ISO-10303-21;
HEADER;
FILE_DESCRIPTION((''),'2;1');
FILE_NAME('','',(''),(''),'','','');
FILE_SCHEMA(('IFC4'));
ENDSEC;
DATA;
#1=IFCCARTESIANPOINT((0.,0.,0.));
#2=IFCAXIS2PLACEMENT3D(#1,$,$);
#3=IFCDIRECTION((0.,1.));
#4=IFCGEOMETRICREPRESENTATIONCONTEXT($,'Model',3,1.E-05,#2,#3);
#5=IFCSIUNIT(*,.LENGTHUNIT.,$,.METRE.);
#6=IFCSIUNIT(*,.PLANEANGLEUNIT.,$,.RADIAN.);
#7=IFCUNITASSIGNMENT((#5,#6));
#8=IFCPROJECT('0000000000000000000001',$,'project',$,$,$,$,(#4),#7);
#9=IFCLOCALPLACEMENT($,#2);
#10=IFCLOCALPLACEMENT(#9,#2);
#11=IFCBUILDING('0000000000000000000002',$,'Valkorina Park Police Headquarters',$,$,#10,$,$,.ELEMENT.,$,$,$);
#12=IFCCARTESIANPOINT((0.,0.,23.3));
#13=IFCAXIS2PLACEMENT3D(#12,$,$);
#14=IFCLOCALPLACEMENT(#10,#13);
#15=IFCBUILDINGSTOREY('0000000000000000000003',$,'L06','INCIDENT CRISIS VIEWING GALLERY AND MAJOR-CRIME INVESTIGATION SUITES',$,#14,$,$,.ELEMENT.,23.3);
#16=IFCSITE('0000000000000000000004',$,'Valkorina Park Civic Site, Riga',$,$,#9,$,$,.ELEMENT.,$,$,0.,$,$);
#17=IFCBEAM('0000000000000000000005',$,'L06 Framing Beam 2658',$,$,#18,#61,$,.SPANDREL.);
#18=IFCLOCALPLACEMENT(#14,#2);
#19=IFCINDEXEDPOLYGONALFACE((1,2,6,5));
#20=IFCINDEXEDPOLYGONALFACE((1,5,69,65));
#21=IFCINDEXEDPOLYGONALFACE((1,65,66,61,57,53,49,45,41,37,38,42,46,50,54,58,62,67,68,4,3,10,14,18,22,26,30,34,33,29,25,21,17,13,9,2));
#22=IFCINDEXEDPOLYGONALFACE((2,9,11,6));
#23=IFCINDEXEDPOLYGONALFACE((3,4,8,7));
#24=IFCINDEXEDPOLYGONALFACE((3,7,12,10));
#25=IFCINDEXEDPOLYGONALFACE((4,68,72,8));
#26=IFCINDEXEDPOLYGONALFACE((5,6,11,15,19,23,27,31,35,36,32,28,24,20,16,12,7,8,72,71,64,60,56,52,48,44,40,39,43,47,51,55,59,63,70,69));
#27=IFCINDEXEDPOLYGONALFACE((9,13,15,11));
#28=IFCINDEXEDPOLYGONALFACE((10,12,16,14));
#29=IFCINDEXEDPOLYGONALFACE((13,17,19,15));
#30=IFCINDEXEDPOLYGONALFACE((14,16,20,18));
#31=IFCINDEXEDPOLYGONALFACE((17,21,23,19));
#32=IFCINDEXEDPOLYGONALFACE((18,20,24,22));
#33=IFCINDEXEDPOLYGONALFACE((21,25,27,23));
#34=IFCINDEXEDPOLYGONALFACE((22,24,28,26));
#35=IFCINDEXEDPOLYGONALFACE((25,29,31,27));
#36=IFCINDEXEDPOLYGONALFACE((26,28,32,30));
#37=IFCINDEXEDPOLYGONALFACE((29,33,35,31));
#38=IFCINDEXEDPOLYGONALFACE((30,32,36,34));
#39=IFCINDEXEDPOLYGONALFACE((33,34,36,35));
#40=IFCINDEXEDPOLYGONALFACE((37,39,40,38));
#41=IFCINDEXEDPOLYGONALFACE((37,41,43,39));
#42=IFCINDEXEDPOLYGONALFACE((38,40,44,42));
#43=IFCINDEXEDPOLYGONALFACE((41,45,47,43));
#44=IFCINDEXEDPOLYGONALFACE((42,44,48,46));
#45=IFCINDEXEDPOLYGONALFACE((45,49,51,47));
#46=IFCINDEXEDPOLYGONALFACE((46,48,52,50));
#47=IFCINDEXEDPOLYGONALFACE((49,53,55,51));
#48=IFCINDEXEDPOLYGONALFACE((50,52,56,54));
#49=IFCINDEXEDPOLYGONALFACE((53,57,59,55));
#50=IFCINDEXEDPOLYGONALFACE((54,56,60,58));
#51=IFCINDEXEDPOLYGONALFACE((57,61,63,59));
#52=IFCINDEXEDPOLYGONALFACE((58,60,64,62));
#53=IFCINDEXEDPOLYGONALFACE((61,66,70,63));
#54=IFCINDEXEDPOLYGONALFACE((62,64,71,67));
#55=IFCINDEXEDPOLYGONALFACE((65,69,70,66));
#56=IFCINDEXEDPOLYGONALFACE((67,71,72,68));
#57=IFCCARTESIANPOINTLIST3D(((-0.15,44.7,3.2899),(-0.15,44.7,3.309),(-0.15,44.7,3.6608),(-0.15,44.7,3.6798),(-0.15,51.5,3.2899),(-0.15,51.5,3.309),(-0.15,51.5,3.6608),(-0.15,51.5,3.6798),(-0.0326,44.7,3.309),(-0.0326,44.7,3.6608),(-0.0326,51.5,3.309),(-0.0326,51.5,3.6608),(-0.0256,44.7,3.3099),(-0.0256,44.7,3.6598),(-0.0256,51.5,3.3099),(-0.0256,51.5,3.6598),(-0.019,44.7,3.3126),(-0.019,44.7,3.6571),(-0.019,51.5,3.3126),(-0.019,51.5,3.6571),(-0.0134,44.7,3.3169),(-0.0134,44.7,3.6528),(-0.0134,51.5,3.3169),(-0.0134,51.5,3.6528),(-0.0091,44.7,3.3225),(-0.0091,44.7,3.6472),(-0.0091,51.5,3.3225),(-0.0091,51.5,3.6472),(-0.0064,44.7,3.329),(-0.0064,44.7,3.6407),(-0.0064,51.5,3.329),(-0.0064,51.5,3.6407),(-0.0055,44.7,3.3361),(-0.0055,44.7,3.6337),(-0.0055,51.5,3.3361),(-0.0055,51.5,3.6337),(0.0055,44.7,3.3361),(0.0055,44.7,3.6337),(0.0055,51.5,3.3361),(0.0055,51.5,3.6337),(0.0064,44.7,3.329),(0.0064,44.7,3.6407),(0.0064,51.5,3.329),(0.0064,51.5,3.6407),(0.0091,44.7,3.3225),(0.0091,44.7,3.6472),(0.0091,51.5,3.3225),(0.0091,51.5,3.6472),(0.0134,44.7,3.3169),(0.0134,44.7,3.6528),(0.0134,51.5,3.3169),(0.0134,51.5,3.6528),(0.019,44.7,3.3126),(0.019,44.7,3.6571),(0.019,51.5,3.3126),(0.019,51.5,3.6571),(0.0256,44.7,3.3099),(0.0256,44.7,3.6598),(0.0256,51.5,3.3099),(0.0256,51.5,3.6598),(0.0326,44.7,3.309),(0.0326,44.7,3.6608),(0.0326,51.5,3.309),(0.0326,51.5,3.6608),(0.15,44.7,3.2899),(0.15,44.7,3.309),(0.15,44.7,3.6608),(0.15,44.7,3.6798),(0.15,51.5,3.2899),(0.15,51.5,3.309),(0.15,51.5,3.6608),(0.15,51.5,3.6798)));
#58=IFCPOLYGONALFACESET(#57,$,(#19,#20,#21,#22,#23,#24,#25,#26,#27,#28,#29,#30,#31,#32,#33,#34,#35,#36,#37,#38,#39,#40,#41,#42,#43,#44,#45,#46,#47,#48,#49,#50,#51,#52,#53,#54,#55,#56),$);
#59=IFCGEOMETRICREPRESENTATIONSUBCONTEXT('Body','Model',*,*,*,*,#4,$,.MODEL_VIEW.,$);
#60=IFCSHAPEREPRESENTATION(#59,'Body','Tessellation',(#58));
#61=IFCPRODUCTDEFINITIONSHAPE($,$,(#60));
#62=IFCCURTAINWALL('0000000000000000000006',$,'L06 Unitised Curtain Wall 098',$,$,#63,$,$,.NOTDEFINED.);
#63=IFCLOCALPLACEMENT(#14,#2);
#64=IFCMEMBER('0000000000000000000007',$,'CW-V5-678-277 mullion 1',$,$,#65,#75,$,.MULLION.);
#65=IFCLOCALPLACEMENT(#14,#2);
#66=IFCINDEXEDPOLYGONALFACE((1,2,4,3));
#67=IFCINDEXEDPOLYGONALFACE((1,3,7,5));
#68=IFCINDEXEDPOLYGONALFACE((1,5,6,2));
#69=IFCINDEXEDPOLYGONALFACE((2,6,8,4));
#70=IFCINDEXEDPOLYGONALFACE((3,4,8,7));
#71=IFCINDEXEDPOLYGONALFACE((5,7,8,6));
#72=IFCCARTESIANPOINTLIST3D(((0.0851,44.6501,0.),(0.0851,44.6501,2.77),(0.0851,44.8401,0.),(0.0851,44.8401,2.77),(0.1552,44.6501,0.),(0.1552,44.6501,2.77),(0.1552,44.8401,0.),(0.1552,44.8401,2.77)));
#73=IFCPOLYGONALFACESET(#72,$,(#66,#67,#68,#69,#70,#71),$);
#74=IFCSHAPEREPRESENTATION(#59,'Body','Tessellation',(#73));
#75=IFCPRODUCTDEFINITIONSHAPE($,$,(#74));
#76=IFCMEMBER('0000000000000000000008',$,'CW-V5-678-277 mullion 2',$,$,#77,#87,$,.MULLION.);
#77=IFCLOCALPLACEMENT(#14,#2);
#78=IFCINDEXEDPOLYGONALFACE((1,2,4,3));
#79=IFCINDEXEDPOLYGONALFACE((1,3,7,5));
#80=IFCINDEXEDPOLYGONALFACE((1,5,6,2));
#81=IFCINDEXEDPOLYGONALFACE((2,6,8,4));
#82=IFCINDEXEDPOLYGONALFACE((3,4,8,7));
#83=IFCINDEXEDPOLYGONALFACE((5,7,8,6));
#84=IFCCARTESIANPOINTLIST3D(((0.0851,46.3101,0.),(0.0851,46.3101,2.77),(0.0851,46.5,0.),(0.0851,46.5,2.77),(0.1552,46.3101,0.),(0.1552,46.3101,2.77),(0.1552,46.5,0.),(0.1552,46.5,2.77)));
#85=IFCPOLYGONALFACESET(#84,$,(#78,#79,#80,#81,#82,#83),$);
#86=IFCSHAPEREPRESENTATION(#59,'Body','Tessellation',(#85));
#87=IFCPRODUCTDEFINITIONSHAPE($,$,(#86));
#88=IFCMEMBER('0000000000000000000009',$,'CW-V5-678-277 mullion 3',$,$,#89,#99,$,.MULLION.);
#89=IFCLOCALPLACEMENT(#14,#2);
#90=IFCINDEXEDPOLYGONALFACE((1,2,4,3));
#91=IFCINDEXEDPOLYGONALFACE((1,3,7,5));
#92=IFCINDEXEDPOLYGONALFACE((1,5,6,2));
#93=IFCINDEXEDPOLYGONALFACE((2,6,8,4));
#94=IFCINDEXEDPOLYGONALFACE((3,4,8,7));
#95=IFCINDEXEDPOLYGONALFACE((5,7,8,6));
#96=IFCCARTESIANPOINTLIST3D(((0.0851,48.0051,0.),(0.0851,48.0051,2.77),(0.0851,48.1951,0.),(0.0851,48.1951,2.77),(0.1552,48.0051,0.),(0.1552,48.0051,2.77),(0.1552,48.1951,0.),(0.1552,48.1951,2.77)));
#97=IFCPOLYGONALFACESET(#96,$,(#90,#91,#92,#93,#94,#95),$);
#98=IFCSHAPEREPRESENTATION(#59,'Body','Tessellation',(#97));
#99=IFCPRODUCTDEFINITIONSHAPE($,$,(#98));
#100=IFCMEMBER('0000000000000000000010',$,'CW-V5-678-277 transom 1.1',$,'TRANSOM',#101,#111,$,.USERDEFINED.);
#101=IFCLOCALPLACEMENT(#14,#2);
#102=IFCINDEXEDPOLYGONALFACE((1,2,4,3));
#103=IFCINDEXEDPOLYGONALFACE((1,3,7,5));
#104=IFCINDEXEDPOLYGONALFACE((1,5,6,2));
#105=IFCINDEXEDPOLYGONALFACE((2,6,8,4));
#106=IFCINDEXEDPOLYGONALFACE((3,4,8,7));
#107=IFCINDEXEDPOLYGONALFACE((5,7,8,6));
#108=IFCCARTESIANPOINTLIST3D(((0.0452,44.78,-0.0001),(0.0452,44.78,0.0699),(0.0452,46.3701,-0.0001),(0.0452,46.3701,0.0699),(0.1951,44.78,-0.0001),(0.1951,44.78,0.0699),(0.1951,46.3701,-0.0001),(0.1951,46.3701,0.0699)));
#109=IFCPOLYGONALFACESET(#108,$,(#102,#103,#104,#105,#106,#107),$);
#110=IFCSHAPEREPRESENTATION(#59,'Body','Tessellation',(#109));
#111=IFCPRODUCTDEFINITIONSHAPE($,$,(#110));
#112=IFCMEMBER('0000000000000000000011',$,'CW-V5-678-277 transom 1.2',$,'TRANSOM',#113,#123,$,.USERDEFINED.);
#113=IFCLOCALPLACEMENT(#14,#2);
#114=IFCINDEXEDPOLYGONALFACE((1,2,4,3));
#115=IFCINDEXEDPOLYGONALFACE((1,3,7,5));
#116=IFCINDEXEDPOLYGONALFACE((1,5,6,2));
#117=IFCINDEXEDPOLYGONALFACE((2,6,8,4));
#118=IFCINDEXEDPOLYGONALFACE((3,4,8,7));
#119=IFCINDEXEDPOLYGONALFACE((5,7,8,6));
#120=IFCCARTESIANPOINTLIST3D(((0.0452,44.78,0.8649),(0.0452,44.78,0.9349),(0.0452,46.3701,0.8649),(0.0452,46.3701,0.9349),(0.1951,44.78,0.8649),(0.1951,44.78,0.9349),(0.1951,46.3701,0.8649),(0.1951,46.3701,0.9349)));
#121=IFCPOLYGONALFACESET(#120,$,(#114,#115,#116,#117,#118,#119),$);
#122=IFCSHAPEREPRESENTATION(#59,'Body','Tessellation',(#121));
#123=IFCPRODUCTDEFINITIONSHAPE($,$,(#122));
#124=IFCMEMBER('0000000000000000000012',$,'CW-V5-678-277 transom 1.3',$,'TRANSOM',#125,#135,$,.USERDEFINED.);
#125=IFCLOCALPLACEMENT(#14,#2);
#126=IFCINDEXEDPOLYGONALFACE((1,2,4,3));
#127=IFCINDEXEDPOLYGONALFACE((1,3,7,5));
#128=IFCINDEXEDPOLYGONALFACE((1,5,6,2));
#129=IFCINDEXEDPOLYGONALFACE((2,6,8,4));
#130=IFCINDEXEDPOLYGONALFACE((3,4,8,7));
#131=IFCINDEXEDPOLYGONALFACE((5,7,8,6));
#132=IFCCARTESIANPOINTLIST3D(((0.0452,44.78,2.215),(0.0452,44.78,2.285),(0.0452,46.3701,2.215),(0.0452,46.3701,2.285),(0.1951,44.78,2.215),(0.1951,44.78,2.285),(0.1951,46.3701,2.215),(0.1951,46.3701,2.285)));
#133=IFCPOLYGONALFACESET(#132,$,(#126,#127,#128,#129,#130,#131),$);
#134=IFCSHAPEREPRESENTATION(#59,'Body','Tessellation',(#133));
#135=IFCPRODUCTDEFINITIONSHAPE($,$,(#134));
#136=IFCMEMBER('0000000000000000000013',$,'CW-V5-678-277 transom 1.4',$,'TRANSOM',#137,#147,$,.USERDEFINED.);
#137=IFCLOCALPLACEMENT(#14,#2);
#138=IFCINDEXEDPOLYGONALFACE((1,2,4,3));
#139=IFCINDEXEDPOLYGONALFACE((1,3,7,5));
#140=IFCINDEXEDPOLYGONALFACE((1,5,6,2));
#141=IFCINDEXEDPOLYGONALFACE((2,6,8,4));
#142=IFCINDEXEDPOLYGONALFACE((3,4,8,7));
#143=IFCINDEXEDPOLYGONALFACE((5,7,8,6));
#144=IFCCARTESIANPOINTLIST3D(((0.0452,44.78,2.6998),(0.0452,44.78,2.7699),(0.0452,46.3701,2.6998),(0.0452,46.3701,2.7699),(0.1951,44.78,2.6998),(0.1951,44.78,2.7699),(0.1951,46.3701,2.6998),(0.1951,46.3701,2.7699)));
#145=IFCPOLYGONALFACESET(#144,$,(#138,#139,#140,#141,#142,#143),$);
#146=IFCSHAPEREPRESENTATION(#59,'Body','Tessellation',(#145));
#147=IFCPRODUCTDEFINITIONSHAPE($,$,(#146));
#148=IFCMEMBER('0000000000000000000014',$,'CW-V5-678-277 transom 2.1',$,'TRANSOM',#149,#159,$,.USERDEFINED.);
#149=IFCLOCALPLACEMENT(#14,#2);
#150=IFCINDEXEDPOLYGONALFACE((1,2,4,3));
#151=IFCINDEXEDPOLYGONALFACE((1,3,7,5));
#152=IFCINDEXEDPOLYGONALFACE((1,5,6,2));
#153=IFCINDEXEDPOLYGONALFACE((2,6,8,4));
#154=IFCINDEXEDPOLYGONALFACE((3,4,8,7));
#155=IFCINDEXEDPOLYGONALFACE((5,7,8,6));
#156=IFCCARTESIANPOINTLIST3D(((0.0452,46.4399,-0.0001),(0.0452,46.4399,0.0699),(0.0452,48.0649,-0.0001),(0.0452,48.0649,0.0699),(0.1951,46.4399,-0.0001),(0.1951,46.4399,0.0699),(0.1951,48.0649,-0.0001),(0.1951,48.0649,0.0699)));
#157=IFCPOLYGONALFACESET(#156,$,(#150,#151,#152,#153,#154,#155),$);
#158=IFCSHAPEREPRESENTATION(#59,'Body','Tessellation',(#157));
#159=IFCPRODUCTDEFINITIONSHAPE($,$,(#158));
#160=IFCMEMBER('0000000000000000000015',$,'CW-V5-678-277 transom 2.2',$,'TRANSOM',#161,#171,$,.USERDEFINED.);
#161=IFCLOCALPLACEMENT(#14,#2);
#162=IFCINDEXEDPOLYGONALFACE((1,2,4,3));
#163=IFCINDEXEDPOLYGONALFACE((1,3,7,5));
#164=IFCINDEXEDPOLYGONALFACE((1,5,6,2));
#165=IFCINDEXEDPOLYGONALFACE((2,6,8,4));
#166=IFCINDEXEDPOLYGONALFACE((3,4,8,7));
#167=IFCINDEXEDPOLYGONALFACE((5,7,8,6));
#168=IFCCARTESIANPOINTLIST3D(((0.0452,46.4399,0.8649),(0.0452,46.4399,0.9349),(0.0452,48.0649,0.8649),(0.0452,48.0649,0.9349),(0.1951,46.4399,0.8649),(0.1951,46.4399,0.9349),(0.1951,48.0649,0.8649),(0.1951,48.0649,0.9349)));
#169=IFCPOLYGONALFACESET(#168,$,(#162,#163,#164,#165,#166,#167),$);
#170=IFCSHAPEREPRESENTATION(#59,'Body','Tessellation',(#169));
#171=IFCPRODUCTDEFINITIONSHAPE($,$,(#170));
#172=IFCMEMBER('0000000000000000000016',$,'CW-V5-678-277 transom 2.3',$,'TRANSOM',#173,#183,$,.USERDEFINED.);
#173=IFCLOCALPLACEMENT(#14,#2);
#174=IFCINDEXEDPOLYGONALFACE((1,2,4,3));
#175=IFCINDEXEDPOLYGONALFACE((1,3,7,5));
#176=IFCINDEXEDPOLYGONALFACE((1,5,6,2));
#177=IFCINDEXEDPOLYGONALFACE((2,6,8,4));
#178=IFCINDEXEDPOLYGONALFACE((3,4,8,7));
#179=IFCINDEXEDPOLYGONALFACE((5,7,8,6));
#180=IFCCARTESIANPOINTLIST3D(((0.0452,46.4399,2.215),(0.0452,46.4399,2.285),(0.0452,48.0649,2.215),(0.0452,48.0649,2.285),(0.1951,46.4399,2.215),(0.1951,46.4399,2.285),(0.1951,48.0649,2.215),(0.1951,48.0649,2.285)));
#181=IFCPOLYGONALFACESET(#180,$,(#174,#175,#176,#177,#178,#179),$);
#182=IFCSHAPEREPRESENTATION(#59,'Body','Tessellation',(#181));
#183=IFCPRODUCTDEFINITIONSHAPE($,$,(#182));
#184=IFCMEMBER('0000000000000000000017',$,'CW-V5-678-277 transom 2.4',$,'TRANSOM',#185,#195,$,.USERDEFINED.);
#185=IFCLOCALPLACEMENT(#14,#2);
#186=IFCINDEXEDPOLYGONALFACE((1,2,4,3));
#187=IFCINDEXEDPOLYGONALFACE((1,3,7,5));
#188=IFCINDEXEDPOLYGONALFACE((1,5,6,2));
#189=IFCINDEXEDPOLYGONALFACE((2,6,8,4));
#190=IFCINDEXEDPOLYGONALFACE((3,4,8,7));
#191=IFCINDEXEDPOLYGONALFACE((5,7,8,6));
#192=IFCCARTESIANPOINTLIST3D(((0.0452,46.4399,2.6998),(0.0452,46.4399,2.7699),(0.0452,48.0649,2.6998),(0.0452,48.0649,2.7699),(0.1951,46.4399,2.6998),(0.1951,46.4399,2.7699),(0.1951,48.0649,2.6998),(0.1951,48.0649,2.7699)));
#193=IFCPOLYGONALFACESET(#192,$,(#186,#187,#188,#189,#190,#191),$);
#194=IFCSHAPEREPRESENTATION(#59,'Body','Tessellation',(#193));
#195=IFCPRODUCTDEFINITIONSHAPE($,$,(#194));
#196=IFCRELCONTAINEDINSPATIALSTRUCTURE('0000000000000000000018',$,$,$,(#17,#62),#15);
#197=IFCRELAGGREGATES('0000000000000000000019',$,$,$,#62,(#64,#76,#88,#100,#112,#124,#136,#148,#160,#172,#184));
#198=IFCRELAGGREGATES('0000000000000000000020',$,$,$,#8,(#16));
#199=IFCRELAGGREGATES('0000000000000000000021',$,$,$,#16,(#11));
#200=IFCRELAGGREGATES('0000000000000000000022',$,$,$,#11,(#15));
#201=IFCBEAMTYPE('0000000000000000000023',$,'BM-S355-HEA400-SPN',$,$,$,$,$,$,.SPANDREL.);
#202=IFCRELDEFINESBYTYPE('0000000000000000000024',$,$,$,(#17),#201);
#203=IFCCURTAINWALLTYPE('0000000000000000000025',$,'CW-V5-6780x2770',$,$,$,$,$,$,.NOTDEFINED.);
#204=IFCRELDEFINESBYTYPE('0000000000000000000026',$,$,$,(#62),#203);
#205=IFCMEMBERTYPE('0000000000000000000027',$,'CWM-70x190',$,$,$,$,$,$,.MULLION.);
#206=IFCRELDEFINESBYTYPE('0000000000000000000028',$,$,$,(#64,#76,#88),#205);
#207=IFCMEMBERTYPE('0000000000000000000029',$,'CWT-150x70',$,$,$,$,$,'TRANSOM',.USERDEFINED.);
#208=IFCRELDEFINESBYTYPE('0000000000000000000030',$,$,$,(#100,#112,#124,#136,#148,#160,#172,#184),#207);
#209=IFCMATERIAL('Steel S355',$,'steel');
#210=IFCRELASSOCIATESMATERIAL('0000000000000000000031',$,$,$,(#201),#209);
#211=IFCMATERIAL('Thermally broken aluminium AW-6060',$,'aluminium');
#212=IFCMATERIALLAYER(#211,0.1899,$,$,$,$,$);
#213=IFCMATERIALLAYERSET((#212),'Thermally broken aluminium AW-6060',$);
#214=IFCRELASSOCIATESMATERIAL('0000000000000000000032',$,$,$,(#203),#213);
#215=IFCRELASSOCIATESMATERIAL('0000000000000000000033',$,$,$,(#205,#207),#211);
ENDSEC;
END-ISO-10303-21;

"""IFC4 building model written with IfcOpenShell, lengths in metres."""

from ifc_helpers import new_model, si_unit, direction, frame, origin, origin_2d, place, context, subcontext, project, spatial, rectangle, i_section, extrude, material, layer, layer_set, material_profile, profile_set, type_object, element, aggregate, save


model = new_model("IFC4")

# Units and contexts
model_context = context("Model", 3, precision=1e-05, world=origin(), true_north=direction((0.0, 1.0)))
body_context = subcontext(model_context, "Body", "Model", "MODEL_VIEW")
ifc_project = project(units=[si_unit("LENGTHUNIT", "METRE"), si_unit("PLANEANGLEUNIT", "RADIAN")], contexts=[model_context])

# Site, building, storey
site_placement = place(None, origin())
site = spatial("IfcSite", under=ifc_project, at=site_placement, Name="Valkorina Park Civic Site, Riga", CompositionType="ELEMENT", RefElevation=0.0)
building_placement = place(site_placement, origin())
building = spatial("IfcBuilding", under=site, at=building_placement, Name="Valkorina Park Police Headquarters", CompositionType="ELEMENT")
storey_placement = place(building_placement, frame((0.0, 0.0, 23.3)))
storey = spatial("IfcBuildingStorey", under=building, at=storey_placement, Name="L06", Description="INCIDENT CRISIS VIEWING GALLERY AND MAJOR-CRIME INVESTIGATION SUITES", CompositionType="ELEMENT", Elevation=23.3)

# Beam
ifc_material_1 = material(Name="Steel S355", Category="steel")
ifc_material_profile_1 = material_profile(ifc_material_1, i_section(OverallWidth=0.3, OverallDepth=0.3899, WebThickness=0.011, FlangeThickness=0.019, FilletRadius=0.0271, at=origin_2d()), Name="HEA 400")
ifc_profile_set_1 = profile_set([ifc_material_profile_1], Name="Steel S355")
beam_type = type_object("IfcBeamType", Name="BM-S355-HEA400-SPN", PredefinedType="SPANDREL", material=ifc_profile_set_1)
beam_placement = place(storey_placement, frame((0.0, 44.7, 3.4849), z_axis=(0.0, 1.0, 0.0), x_axis=(-1.0, 0.0, 0.0)))
element("IfcBeam", 1, at=beam_placement, inside=storey, type_object=beam_type, Name="L06 Framing Beam 2658", PredefinedType="SPANDREL", context=body_context, shape_type="SweptSolid", body=[
    extrude(i_section(OverallWidth=0.3, OverallDepth=0.3899, WebThickness=0.011, FlangeThickness=0.019, FilletRadius=0.0271, at=origin_2d()), origin(), (0.0, 0.0, 1.0), 6.8),
])

# Curtain wall, members
ifc_material_2 = material(Name="Thermally broken aluminium AW-6060", Category="aluminium")
ifc_layer_1 = layer(ifc_material_2, 0.1899)
ifc_layer_set_1 = layer_set([ifc_layer_1], Name="Thermally broken aluminium AW-6060")
curtain_wall_type = type_object("IfcCurtainWallType", Name="CW-V5-6780x2770", PredefinedType="NOTDEFINED", material=ifc_layer_set_1)
curtain_wall_placement = place(storey_placement, origin())
curtain_wall = element("IfcCurtainWall", 2, at=curtain_wall_placement, inside=storey, type_object=curtain_wall_type, Name="L06 Unitised Curtain Wall 098", PredefinedType="NOTDEFINED")
ifc_material_profile_2 = material_profile(ifc_material_2, rectangle(XDim=0.0701, YDim=0.1899, at=origin_2d()), Name="CWM-02 70x190")
ifc_profile_set_2 = profile_set([ifc_material_profile_2], Name="Thermally broken aluminium AW-6060")
member_type_1 = type_object("IfcMemberType", Name="CWM-70x190", PredefinedType="MULLION", material=ifc_profile_set_2)
member_1_placement = place(storey_placement, frame((0.1201, 44.7451, 0.0), z_axis=(0.0, 0.0, 1.0), x_axis=(-1.0, 0.0, 0.0)))
member_1 = element("IfcMember", 3, at=member_1_placement, type_object=member_type_1, Name="CW-V5-678-277 mullion 1", PredefinedType="MULLION", context=body_context, shape_type="SweptSolid", body=[
    extrude(rectangle(XDim=0.0701, YDim=0.1899, at=origin_2d()), origin(), (0.0, 0.0, 1.0), 2.77),
])
member_2_placement = place(storey_placement, frame((0.1201, 46.405, 0.0), z_axis=(0.0, 0.0, 1.0), x_axis=(-1.0, 0.0, 0.0)))
member_2 = element("IfcMember", 4, at=member_2_placement, type_object=member_type_1, Name="CW-V5-678-277 mullion 2", PredefinedType="MULLION", context=body_context, shape_type="SweptSolid", body=[
    extrude(rectangle(XDim=0.0701, YDim=0.1899, at=origin_2d()), origin(), (0.0, 0.0, 1.0), 2.77),
])
member_3_placement = place(storey_placement, frame((0.1201, 48.1001, 0.0), z_axis=(0.0, 0.0, 1.0), x_axis=(-1.0, 0.0, 0.0)))
member_3 = element("IfcMember", 5, at=member_3_placement, type_object=member_type_1, Name="CW-V5-678-277 mullion 3", PredefinedType="MULLION", context=body_context, shape_type="SweptSolid", body=[
    extrude(rectangle(XDim=0.0701, YDim=0.1899, at=origin_2d()), origin(), (0.0, 0.0, 1.0), 2.77),
])
ifc_material_profile_3 = material_profile(ifc_material_2, rectangle(XDim=0.1499, YDim=0.0701, at=origin_2d()), Name="CWT-02 150x70")
ifc_profile_set_3 = profile_set([ifc_material_profile_3], Name="Thermally broken aluminium AW-6060")
member_type_2 = type_object("IfcMemberType", Name="CWT-150x70", ElementType="TRANSOM", PredefinedType="USERDEFINED", material=ifc_profile_set_3)
member_4_placement = place(storey_placement, frame((0.1201, 44.78, 0.0349), z_axis=(0.0, 1.0, 0.0), x_axis=(-1.0, 0.0, 0.0)))
member_4 = element("IfcMember", 6, at=member_4_placement, type_object=member_type_2, Name="CW-V5-678-277 transom 1.1", ObjectType="TRANSOM", PredefinedType="USERDEFINED", context=body_context, shape_type="SweptSolid", body=[
    extrude(rectangle(XDim=0.1499, YDim=0.0701, at=origin_2d()), origin(), (0.0, 0.0, 1.0), 1.5901),
])
member_5_placement = place(storey_placement, frame((0.1201, 44.78, 0.8999), z_axis=(0.0, 1.0, 0.0), x_axis=(-1.0, 0.0, 0.0)))
member_5 = element("IfcMember", 7, at=member_5_placement, type_object=member_type_2, Name="CW-V5-678-277 transom 1.2", ObjectType="TRANSOM", PredefinedType="USERDEFINED", context=body_context, shape_type="SweptSolid", body=[
    extrude(rectangle(XDim=0.1499, YDim=0.0701, at=origin_2d()), origin(), (0.0, 0.0, 1.0), 1.5901),
])
member_6_placement = place(storey_placement, frame((0.1201, 44.78, 2.25), z_axis=(0.0, 1.0, 0.0), x_axis=(-1.0, 0.0, 0.0)))
member_6 = element("IfcMember", 8, at=member_6_placement, type_object=member_type_2, Name="CW-V5-678-277 transom 1.3", ObjectType="TRANSOM", PredefinedType="USERDEFINED", context=body_context, shape_type="SweptSolid", body=[
    extrude(rectangle(XDim=0.1499, YDim=0.0701, at=origin_2d()), origin(), (0.0, 0.0, 1.0), 1.5901),
])
member_7_placement = place(storey_placement, frame((0.1201, 44.78, 2.7349), z_axis=(0.0, 1.0, 0.0), x_axis=(-1.0, 0.0, 0.0)))
member_7 = element("IfcMember", 9, at=member_7_placement, type_object=member_type_2, Name="CW-V5-678-277 transom 1.4", ObjectType="TRANSOM", PredefinedType="USERDEFINED", context=body_context, shape_type="SweptSolid", body=[
    extrude(rectangle(XDim=0.1499, YDim=0.0701, at=origin_2d()), origin(), (0.0, 0.0, 1.0), 1.5901),
])
member_8_placement = place(storey_placement, frame((0.1201, 46.4399, 0.0349), z_axis=(0.0, 1.0, 0.0), x_axis=(-1.0, 0.0, 0.0)))
member_8 = element("IfcMember", 10, at=member_8_placement, type_object=member_type_2, Name="CW-V5-678-277 transom 2.1", ObjectType="TRANSOM", PredefinedType="USERDEFINED", context=body_context, shape_type="SweptSolid", body=[
    extrude(rectangle(XDim=0.1499, YDim=0.0701, at=origin_2d()), origin(), (0.0, 0.0, 1.0), 1.625),
])
member_9_placement = place(storey_placement, frame((0.1201, 46.4399, 0.8999), z_axis=(0.0, 1.0, 0.0), x_axis=(-1.0, 0.0, 0.0)))
member_9 = element("IfcMember", 11, at=member_9_placement, type_object=member_type_2, Name="CW-V5-678-277 transom 2.2", ObjectType="TRANSOM", PredefinedType="USERDEFINED", context=body_context, shape_type="SweptSolid", body=[
    extrude(rectangle(XDim=0.1499, YDim=0.0701, at=origin_2d()), origin(), (0.0, 0.0, 1.0), 1.625),
])
member_10_placement = place(storey_placement, frame((0.1201, 46.4399, 2.25), z_axis=(0.0, 1.0, 0.0), x_axis=(-1.0, 0.0, 0.0)))
member_10 = element("IfcMember", 12, at=member_10_placement, type_object=member_type_2, Name="CW-V5-678-277 transom 2.3", ObjectType="TRANSOM", PredefinedType="USERDEFINED", context=body_context, shape_type="SweptSolid", body=[
    extrude(rectangle(XDim=0.1499, YDim=0.0701, at=origin_2d()), origin(), (0.0, 0.0, 1.0), 1.625),
])
member_11_placement = place(storey_placement, frame((0.1201, 46.4399, 2.7349), z_axis=(0.0, 1.0, 0.0), x_axis=(-1.0, 0.0, 0.0)))
member_11 = element("IfcMember", 13, at=member_11_placement, type_object=member_type_2, Name="CW-V5-678-277 transom 2.4", ObjectType="TRANSOM", PredefinedType="USERDEFINED", context=body_context, shape_type="SweptSolid", body=[
    extrude(rectangle(XDim=0.1499, YDim=0.0701, at=origin_2d()), origin(), (0.0, 0.0, 1.0), 1.625),
])
aggregate(curtain_wall, [member_1, member_2, member_3, member_4, member_5, member_6, member_7, member_8, member_9, member_10, member_11])

save(model, "model.ifc")
